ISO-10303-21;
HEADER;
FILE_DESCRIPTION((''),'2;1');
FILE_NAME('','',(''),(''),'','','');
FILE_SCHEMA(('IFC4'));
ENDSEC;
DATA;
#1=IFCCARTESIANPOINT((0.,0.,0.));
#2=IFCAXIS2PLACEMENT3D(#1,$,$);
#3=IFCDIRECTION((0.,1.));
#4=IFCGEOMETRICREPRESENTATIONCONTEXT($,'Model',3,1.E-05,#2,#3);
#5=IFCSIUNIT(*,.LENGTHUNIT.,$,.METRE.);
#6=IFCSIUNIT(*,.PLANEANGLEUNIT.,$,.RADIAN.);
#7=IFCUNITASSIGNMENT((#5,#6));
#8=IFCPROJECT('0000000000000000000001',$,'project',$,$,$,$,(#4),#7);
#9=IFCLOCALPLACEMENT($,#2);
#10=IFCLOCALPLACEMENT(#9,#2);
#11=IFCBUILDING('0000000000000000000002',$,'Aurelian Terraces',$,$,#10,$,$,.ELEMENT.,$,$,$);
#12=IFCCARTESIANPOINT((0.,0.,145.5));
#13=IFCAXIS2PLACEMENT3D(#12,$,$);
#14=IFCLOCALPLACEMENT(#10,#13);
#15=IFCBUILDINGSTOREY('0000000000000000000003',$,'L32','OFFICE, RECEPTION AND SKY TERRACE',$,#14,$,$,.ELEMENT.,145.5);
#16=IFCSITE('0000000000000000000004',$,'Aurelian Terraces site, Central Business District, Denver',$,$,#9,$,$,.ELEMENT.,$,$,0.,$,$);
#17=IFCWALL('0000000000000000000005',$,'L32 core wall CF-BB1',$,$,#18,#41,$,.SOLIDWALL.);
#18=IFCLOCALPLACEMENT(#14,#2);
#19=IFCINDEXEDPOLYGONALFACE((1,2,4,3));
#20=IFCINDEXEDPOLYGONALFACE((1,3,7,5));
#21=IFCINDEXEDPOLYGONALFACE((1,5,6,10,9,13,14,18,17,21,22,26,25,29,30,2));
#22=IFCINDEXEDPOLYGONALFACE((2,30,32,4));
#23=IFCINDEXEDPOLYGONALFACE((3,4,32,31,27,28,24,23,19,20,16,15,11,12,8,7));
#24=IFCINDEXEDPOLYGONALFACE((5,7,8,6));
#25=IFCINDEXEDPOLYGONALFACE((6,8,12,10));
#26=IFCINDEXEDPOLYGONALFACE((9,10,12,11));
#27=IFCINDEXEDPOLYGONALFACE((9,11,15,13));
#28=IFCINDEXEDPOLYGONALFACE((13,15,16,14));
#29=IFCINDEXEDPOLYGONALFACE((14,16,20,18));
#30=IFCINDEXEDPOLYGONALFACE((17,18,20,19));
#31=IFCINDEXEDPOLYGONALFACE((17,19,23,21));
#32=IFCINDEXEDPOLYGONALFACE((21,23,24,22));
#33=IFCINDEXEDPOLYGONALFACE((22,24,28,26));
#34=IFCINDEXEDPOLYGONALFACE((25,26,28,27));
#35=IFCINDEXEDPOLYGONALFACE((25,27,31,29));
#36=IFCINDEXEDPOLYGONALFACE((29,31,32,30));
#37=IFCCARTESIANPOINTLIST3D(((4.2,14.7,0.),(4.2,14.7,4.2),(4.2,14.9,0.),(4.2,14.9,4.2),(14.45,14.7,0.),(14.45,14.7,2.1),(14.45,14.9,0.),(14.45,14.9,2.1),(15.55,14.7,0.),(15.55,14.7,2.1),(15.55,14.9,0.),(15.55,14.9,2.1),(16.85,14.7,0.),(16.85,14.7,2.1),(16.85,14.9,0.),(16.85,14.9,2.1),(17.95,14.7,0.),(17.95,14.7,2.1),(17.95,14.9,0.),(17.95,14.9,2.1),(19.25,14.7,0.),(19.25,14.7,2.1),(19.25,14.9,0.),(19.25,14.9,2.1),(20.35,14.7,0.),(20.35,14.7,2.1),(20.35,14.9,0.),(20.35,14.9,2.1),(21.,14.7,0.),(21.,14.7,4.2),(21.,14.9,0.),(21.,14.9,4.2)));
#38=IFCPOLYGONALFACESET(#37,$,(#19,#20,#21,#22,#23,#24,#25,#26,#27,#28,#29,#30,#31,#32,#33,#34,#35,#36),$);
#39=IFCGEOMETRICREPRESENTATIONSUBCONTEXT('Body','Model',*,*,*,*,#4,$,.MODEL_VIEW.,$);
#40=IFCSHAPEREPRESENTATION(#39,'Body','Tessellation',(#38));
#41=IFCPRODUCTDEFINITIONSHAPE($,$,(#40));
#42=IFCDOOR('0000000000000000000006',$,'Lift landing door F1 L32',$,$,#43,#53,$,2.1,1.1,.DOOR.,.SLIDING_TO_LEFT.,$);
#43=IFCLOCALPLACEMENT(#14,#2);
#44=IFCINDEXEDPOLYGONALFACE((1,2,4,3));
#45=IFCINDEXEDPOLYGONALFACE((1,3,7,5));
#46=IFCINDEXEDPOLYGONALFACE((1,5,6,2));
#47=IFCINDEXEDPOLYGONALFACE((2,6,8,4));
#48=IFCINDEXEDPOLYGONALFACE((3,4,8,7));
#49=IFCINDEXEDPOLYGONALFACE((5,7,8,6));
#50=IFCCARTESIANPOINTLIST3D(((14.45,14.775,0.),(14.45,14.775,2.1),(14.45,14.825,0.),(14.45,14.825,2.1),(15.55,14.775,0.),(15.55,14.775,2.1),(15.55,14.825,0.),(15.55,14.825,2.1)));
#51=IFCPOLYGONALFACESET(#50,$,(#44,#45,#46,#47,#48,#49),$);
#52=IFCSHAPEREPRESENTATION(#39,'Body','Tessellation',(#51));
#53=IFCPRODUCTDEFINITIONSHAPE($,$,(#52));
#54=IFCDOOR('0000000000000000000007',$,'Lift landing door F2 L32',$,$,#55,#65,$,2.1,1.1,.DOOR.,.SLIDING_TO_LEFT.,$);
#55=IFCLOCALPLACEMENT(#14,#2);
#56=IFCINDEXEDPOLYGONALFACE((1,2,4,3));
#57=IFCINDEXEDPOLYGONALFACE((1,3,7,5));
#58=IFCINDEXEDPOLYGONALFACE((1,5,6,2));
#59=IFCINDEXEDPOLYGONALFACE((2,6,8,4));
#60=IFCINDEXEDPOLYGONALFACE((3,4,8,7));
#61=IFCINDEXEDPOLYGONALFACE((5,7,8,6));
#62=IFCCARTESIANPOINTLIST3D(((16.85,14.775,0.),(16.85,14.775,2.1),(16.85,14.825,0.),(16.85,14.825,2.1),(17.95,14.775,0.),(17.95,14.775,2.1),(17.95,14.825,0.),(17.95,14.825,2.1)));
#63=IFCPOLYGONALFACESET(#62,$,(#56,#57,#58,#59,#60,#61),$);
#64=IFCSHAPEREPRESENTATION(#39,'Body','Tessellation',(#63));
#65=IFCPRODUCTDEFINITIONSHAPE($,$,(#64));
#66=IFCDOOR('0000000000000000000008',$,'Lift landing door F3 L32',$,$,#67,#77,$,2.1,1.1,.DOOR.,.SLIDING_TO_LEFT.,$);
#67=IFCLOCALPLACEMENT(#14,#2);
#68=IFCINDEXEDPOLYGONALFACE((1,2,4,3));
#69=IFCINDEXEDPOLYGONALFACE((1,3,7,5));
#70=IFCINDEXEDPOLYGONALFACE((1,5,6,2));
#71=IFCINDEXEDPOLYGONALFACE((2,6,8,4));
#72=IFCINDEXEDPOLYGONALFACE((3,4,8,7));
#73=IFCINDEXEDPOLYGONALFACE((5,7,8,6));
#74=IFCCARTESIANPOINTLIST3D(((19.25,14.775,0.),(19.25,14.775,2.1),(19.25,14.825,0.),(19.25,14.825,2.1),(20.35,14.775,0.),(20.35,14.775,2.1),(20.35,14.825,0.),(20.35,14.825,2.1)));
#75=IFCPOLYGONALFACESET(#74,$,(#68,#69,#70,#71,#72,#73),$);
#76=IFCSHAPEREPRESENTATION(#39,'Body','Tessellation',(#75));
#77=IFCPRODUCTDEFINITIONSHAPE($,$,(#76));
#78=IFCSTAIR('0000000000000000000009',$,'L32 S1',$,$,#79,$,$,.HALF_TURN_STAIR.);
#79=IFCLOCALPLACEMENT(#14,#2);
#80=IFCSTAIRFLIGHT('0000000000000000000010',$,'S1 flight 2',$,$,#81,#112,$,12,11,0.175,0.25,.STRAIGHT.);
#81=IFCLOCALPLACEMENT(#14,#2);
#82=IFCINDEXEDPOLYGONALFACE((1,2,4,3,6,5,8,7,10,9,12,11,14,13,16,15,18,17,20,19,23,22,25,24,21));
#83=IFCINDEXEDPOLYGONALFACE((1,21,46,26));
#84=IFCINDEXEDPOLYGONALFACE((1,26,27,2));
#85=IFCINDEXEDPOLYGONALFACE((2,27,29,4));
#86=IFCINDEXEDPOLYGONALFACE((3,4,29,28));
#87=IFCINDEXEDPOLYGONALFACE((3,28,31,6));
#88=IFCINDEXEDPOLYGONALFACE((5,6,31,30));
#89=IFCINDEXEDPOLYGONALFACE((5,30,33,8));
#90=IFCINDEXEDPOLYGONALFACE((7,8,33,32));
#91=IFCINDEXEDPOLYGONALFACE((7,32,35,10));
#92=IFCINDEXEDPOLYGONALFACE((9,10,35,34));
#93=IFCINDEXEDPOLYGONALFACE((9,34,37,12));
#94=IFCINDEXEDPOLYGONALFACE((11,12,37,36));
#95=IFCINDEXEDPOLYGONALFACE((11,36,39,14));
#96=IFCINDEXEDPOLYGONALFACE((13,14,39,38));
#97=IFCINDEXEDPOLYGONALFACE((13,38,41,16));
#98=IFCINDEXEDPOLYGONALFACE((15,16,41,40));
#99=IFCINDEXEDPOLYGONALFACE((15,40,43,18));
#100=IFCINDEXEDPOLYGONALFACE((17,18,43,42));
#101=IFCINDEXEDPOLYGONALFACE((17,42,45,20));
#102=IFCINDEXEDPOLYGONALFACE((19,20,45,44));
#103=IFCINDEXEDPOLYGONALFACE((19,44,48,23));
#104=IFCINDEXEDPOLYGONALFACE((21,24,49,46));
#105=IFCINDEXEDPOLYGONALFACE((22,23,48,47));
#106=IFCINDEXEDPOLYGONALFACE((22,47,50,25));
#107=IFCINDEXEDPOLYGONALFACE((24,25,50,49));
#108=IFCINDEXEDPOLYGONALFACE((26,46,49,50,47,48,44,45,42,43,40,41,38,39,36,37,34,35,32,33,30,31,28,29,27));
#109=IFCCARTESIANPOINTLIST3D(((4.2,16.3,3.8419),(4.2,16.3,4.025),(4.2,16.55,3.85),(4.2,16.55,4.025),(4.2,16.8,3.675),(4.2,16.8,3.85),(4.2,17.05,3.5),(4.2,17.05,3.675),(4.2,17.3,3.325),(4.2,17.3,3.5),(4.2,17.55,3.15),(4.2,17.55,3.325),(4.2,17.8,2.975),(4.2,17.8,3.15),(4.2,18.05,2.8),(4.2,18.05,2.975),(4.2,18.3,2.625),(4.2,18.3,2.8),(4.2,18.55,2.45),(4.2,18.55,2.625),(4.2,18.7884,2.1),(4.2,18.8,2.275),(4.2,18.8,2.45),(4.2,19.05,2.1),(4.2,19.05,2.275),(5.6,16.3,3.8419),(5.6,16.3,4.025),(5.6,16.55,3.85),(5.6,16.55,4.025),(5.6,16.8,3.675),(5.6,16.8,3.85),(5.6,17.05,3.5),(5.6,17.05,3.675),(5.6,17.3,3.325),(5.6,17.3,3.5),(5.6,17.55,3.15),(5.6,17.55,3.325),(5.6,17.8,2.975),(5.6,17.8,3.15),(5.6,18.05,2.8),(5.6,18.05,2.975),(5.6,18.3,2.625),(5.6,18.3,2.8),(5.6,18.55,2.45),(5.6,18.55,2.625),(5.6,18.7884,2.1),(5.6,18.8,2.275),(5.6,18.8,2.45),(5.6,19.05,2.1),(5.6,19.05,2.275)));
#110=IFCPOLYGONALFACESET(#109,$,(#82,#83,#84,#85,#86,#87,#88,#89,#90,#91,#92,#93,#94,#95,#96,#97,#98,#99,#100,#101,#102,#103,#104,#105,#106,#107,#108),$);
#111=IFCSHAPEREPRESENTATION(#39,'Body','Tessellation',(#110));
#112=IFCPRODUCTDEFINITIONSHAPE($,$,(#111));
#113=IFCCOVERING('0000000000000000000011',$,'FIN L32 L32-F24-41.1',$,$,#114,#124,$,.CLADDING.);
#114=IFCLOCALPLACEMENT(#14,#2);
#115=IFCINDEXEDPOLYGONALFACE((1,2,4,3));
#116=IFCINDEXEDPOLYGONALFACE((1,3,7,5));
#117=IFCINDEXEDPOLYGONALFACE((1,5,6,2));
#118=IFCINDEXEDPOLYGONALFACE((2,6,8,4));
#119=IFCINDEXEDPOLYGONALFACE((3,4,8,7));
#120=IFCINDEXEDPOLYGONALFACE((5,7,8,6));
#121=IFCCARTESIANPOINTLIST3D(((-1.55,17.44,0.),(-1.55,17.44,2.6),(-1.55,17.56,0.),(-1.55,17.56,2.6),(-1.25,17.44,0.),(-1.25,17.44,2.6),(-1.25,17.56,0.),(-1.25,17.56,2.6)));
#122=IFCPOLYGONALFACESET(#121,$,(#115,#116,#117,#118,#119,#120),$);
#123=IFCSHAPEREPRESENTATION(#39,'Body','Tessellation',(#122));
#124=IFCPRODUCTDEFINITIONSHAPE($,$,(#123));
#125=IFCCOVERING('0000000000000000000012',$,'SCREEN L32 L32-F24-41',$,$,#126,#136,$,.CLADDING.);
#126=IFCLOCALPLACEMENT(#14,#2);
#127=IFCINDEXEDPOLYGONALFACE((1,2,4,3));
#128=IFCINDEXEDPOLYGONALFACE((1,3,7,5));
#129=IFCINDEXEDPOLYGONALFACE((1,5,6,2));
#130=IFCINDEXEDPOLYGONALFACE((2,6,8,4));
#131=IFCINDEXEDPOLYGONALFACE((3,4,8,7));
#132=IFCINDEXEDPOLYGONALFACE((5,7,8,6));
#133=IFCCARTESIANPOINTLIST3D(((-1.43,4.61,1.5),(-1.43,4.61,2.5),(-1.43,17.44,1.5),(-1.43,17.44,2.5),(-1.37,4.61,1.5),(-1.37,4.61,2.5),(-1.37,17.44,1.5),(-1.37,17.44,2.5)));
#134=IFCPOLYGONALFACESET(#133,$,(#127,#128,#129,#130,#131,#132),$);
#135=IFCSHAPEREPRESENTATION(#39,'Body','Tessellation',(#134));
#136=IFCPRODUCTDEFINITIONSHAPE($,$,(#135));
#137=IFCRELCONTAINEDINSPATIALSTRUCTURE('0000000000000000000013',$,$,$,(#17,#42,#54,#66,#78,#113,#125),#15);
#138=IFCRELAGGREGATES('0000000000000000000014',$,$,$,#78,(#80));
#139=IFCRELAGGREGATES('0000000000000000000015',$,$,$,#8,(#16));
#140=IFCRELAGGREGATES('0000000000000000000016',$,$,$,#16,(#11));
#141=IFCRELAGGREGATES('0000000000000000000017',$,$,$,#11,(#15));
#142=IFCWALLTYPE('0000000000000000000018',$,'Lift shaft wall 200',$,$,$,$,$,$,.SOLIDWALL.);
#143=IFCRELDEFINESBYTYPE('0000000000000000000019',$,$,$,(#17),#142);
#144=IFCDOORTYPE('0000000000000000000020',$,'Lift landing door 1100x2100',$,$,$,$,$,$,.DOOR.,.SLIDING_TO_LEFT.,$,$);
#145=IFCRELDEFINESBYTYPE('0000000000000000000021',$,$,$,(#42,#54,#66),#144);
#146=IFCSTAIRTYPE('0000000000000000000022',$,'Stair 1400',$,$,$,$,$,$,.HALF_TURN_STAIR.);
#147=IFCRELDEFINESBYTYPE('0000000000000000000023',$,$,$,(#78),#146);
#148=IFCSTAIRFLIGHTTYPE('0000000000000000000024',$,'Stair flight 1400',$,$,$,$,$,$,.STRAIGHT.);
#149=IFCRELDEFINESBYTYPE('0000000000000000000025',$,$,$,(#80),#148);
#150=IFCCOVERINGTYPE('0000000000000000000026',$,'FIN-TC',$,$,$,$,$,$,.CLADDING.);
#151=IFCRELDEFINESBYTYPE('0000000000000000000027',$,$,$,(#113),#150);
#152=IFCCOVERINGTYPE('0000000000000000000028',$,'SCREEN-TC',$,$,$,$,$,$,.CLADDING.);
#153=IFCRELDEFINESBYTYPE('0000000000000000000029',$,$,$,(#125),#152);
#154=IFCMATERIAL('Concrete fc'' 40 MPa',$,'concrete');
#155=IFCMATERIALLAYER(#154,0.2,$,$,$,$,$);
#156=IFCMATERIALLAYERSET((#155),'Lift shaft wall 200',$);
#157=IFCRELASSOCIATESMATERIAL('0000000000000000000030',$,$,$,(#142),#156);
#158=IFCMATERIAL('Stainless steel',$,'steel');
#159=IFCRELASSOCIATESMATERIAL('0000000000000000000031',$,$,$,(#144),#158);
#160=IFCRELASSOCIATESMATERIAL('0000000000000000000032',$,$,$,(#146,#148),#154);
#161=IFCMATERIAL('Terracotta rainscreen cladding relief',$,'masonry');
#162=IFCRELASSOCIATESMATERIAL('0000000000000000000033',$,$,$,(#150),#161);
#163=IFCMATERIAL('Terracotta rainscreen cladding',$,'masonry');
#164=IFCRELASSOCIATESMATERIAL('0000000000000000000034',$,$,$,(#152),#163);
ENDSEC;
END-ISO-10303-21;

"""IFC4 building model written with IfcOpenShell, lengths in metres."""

from ifc_helpers import new_model, si_unit, direction, frame, frame_2d, origin, origin_2d, place, context, subcontext, project, spatial, polyline, rectangle, outline, extrude, source, transform, mapped, material, layer, layer_set, type_object, element, fill, aggregate, save


model = new_model("IFC4")

# Units and contexts
model_context = context("Model", 3, precision=1e-05, world=origin(), true_north=direction((0.0, 1.0)))
body_context = subcontext(model_context, "Body", "Model", "MODEL_VIEW")
ifc_project = project(units=[si_unit("LENGTHUNIT", "METRE"), si_unit("PLANEANGLEUNIT", "RADIAN")], contexts=[model_context])

# Site, building, storey
site_placement = place(None, origin())
site = spatial("IfcSite", under=ifc_project, at=site_placement, Name="Aurelian Terraces site, Central Business District, Denver", CompositionType="ELEMENT", RefElevation=0.0)
building_placement = place(site_placement, origin())
building = spatial("IfcBuilding", under=site, at=building_placement, Name="Aurelian Terraces", CompositionType="ELEMENT")
storey_placement = place(building_placement, frame((0.0, 0.0, 145.5)))
storey = spatial("IfcBuildingStorey", under=building, at=storey_placement, Name="L32", Description="OFFICE, RECEPTION AND SKY TERRACE", CompositionType="ELEMENT", Elevation=145.5)

# Shared definitions
ifc_material_1 = material(Name="Terracotta rainscreen cladding", Category="masonry")

# Wall, openings, doors
ifc_material_2 = material(Name="Concrete fc' 40 MPa", Category="concrete")
ifc_layer_1 = layer(ifc_material_2, 0.2)
ifc_layer_set_1 = layer_set([ifc_layer_1], Name="Lift shaft wall 200")
wall_type_1 = type_object("IfcWallType", Name="Lift shaft wall 200", PredefinedType="SOLIDWALL", material=ifc_layer_set_1)
shared_shape_1 = source(origin(), body_context, "Body", "SweptSolid", [
    extrude(rectangle(XDim=16.8, YDim=0.2, at=frame_2d((8.4, 0.0))), origin(), (0.0, 0.0, 1.0), 4.2),
])
shared_shape_2 = source(origin(), body_context, "Body", "SweptSolid", [
    extrude(rectangle(XDim=1.1, YDim=2.1, at=frame_2d((0.55, 1.05))), frame((0.0, 0.11, 0.0), z_axis=(0.0, -1.0, 0.0), x_axis=(1.0, 0.0, 0.0)), (0.0, 0.0, 1.0), 0.22),
])
ifc_material_3 = material(Name="Stainless steel", Category="steel")
door_type_1 = type_object("IfcDoorType", Name="Lift landing door 1100x2100", OperationType="SLIDING_TO_LEFT", PredefinedType="DOOR", material=ifc_material_3)
shared_shape_3 = source(origin(), body_context, "Body", "SweptSolid", [
    extrude(rectangle(XDim=1.1, YDim=2.1, at=frame_2d((0.55, 1.05))), frame((0.0, 0.025, 0.0), z_axis=(0.0, -1.0, 0.0), x_axis=(1.0, 0.0, 0.0)), (0.0, 0.0, 1.0), 0.05),
])
wall_1_placement = place(storey_placement, frame((4.2, 14.8, 0.0), z_axis=(0.0, 0.0, 1.0), x_axis=(1.0, 0.0, 0.0)))
wall_1 = element("IfcWall", 1, at=wall_1_placement, inside=storey, type_object=wall_type_1, Name="L32 core wall CF-BB1", PredefinedType="SOLIDWALL", context=body_context, shape_type="MappedRepresentation", body=[
    mapped(shared_shape_1, transform((0.0, 0.0, 0.0), scale=1.0)),
])
opening_1_placement = place(wall_1_placement, frame((10.25, 0.0, 0.0)))
opening_1 = element("IfcOpeningElement", 2, at=opening_1_placement, cuts=wall_1, PredefinedType="OPENING", context=body_context, shape_type="MappedRepresentation", body=[
    mapped(shared_shape_2, transform((0.0, 0.0, 0.0), scale=1.0)),
])
opening_2_placement = place(wall_1_placement, frame((12.65, 0.0, 0.0)))
opening_2 = element("IfcOpeningElement", 3, at=opening_2_placement, cuts=wall_1, PredefinedType="OPENING", context=body_context, shape_type="MappedRepresentation", body=[
    mapped(shared_shape_2, transform((0.0, 0.0, 0.0), scale=1.0)),
])
opening_3_placement = place(wall_1_placement, frame((15.05, 0.0, 0.0)))
opening_3 = element("IfcOpeningElement", 4, at=opening_3_placement, cuts=wall_1, PredefinedType="OPENING", context=body_context, shape_type="MappedRepresentation", body=[
    mapped(shared_shape_2, transform((0.0, 0.0, 0.0), scale=1.0)),
])
door_1_placement = place(opening_1_placement, origin())
door_1 = element("IfcDoor", 5, at=door_1_placement, inside=storey, type_object=door_type_1, Name="Lift landing door F1 L32", OperationType="SLIDING_TO_LEFT", OverallHeight=2.1, OverallWidth=1.1, PredefinedType="DOOR", context=body_context, shape_type="MappedRepresentation", body=[
    mapped(shared_shape_3, transform((0.0, 0.0, 0.0), scale=1.0)),
])
fill(opening_1, door_1)
door_2_placement = place(opening_2_placement, origin())
door_2 = element("IfcDoor", 6, at=door_2_placement, inside=storey, type_object=door_type_1, Name="Lift landing door F2 L32", OperationType="SLIDING_TO_LEFT", OverallHeight=2.1, OverallWidth=1.1, PredefinedType="DOOR", context=body_context, shape_type="MappedRepresentation", body=[
    mapped(shared_shape_3, transform((0.0, 0.0, 0.0), scale=1.0)),
])
fill(opening_2, door_2)
door_3_placement = place(opening_3_placement, origin())
door_3 = element("IfcDoor", 7, at=door_3_placement, inside=storey, type_object=door_type_1, Name="Lift landing door F3 L32", OperationType="SLIDING_TO_LEFT", OverallHeight=2.1, OverallWidth=1.1, PredefinedType="DOOR", context=body_context, shape_type="MappedRepresentation", body=[
    mapped(shared_shape_3, transform((0.0, 0.0, 0.0), scale=1.0)),
])
fill(opening_3, door_3)

# Stair, stair flight
stair_type = type_object("IfcStairType", Name="Stair 1400", PredefinedType="HALF_TURN_STAIR", material=ifc_material_2)
stair_placement = place(storey_placement, origin())
stair = element("IfcStair", 8, at=stair_placement, inside=storey, type_object=stair_type, Name="L32 S1", PredefinedType="HALF_TURN_STAIR")
stair_flight_type = type_object("IfcStairFlightType", Name="Stair flight 1400", PredefinedType="STRAIGHT", material=ifc_material_2)
shared_shape_4 = source(origin(), body_context, "Body", "SweptSolid", [
    extrude(outline(polyline([(0.0, 0.0), (0.0, 0.175), (0.25, 0.175), (0.25, 0.35), (0.5, 0.35), (0.5, 0.525), (0.75, 0.525), (0.75, 0.7), (1.0, 0.7), (1.0, 0.875), (1.25, 0.875), (1.25, 1.05), (1.5, 1.05), (1.5, 1.225), (1.75, 1.225), (1.75, 1.4), (2.0, 1.4), (2.0, 1.575), (2.25, 1.575), (2.25, 1.75), (2.5, 1.75), (2.5, 1.925), (2.75, 1.925), (2.75, 2.1), (2.75, 1.7419), (0.2616, 0.0), (0.0, 0.0)])), frame((0.0, 0.7, 0.0), z_axis=(0.0, -1.0, 0.0), x_axis=(1.0, 0.0, 0.0)), (0.0, 0.0, 1.0), 1.4),
])
stair_flight_placement = place(storey_placement, frame((4.9, 19.05, 2.1), z_axis=(0.0, 0.0, 1.0), x_axis=(0.0, -1.0, 0.0)))
stair_flight = element("IfcStairFlight", 9, at=stair_flight_placement, type_object=stair_flight_type, Name="S1 flight 2", NumberOfRisers=12, NumberOfTreads=11, PredefinedType="STRAIGHT", RiserHeight=0.175, TreadLength=0.25, context=body_context, shape_type="MappedRepresentation", body=[
    mapped(shared_shape_4, transform((0.0, 0.0, 0.0), scale=1.0)),
])
aggregate(stair, [stair_flight])

# Covering
ifc_material_4 = material(Name="Terracotta rainscreen cladding relief", Category="masonry")
covering_type_1 = type_object("IfcCoveringType", Name="FIN-TC", PredefinedType="CLADDING", material=ifc_material_4)
shared_shape_5 = source(origin(), body_context, "Body", "SweptSolid", [
    extrude(rectangle(XDim=0.3, YDim=0.12, at=origin_2d()), origin(), (0.0, 0.0, 1.0), 2.6),
])
covering_1_placement = place(storey_placement, frame((-1.4, 17.5, 0.0), z_axis=(0.0, 0.0, 1.0), x_axis=(1.0, 0.0, 0.0)))
element("IfcCovering", 10, at=covering_1_placement, inside=storey, type_object=covering_type_1, Name="FIN L32 L32-F24-41.1", PredefinedType="CLADDING", context=body_context, shape_type="MappedRepresentation", body=[
    mapped(shared_shape_5, transform((0.0, 0.0, 0.0), scale=1.0)),
])

# Covering
covering_type_2 = type_object("IfcCoveringType", Name="SCREEN-TC", PredefinedType="CLADDING", material=ifc_material_1)
shared_shape_6 = source(origin(), body_context, "Body", "SweptSolid", [
    extrude(rectangle(XDim=0.06, YDim=12.83, at=origin_2d()), origin(), (0.0, 0.0, 1.0), 1.0),
])
covering_2_placement = place(storey_placement, frame((-1.4, 11.025, 1.5), z_axis=(0.0, 0.0, 1.0), x_axis=(1.0, 0.0, 0.0)))
element("IfcCovering", 11, at=covering_2_placement, inside=storey, type_object=covering_type_2, Name="SCREEN L32 L32-F24-41", PredefinedType="CLADDING", context=body_context, shape_type="MappedRepresentation", body=[
    mapped(shared_shape_6, transform((0.0, 0.0, 0.0), scale=1.0)),
])

save(model, "model.ifc")
